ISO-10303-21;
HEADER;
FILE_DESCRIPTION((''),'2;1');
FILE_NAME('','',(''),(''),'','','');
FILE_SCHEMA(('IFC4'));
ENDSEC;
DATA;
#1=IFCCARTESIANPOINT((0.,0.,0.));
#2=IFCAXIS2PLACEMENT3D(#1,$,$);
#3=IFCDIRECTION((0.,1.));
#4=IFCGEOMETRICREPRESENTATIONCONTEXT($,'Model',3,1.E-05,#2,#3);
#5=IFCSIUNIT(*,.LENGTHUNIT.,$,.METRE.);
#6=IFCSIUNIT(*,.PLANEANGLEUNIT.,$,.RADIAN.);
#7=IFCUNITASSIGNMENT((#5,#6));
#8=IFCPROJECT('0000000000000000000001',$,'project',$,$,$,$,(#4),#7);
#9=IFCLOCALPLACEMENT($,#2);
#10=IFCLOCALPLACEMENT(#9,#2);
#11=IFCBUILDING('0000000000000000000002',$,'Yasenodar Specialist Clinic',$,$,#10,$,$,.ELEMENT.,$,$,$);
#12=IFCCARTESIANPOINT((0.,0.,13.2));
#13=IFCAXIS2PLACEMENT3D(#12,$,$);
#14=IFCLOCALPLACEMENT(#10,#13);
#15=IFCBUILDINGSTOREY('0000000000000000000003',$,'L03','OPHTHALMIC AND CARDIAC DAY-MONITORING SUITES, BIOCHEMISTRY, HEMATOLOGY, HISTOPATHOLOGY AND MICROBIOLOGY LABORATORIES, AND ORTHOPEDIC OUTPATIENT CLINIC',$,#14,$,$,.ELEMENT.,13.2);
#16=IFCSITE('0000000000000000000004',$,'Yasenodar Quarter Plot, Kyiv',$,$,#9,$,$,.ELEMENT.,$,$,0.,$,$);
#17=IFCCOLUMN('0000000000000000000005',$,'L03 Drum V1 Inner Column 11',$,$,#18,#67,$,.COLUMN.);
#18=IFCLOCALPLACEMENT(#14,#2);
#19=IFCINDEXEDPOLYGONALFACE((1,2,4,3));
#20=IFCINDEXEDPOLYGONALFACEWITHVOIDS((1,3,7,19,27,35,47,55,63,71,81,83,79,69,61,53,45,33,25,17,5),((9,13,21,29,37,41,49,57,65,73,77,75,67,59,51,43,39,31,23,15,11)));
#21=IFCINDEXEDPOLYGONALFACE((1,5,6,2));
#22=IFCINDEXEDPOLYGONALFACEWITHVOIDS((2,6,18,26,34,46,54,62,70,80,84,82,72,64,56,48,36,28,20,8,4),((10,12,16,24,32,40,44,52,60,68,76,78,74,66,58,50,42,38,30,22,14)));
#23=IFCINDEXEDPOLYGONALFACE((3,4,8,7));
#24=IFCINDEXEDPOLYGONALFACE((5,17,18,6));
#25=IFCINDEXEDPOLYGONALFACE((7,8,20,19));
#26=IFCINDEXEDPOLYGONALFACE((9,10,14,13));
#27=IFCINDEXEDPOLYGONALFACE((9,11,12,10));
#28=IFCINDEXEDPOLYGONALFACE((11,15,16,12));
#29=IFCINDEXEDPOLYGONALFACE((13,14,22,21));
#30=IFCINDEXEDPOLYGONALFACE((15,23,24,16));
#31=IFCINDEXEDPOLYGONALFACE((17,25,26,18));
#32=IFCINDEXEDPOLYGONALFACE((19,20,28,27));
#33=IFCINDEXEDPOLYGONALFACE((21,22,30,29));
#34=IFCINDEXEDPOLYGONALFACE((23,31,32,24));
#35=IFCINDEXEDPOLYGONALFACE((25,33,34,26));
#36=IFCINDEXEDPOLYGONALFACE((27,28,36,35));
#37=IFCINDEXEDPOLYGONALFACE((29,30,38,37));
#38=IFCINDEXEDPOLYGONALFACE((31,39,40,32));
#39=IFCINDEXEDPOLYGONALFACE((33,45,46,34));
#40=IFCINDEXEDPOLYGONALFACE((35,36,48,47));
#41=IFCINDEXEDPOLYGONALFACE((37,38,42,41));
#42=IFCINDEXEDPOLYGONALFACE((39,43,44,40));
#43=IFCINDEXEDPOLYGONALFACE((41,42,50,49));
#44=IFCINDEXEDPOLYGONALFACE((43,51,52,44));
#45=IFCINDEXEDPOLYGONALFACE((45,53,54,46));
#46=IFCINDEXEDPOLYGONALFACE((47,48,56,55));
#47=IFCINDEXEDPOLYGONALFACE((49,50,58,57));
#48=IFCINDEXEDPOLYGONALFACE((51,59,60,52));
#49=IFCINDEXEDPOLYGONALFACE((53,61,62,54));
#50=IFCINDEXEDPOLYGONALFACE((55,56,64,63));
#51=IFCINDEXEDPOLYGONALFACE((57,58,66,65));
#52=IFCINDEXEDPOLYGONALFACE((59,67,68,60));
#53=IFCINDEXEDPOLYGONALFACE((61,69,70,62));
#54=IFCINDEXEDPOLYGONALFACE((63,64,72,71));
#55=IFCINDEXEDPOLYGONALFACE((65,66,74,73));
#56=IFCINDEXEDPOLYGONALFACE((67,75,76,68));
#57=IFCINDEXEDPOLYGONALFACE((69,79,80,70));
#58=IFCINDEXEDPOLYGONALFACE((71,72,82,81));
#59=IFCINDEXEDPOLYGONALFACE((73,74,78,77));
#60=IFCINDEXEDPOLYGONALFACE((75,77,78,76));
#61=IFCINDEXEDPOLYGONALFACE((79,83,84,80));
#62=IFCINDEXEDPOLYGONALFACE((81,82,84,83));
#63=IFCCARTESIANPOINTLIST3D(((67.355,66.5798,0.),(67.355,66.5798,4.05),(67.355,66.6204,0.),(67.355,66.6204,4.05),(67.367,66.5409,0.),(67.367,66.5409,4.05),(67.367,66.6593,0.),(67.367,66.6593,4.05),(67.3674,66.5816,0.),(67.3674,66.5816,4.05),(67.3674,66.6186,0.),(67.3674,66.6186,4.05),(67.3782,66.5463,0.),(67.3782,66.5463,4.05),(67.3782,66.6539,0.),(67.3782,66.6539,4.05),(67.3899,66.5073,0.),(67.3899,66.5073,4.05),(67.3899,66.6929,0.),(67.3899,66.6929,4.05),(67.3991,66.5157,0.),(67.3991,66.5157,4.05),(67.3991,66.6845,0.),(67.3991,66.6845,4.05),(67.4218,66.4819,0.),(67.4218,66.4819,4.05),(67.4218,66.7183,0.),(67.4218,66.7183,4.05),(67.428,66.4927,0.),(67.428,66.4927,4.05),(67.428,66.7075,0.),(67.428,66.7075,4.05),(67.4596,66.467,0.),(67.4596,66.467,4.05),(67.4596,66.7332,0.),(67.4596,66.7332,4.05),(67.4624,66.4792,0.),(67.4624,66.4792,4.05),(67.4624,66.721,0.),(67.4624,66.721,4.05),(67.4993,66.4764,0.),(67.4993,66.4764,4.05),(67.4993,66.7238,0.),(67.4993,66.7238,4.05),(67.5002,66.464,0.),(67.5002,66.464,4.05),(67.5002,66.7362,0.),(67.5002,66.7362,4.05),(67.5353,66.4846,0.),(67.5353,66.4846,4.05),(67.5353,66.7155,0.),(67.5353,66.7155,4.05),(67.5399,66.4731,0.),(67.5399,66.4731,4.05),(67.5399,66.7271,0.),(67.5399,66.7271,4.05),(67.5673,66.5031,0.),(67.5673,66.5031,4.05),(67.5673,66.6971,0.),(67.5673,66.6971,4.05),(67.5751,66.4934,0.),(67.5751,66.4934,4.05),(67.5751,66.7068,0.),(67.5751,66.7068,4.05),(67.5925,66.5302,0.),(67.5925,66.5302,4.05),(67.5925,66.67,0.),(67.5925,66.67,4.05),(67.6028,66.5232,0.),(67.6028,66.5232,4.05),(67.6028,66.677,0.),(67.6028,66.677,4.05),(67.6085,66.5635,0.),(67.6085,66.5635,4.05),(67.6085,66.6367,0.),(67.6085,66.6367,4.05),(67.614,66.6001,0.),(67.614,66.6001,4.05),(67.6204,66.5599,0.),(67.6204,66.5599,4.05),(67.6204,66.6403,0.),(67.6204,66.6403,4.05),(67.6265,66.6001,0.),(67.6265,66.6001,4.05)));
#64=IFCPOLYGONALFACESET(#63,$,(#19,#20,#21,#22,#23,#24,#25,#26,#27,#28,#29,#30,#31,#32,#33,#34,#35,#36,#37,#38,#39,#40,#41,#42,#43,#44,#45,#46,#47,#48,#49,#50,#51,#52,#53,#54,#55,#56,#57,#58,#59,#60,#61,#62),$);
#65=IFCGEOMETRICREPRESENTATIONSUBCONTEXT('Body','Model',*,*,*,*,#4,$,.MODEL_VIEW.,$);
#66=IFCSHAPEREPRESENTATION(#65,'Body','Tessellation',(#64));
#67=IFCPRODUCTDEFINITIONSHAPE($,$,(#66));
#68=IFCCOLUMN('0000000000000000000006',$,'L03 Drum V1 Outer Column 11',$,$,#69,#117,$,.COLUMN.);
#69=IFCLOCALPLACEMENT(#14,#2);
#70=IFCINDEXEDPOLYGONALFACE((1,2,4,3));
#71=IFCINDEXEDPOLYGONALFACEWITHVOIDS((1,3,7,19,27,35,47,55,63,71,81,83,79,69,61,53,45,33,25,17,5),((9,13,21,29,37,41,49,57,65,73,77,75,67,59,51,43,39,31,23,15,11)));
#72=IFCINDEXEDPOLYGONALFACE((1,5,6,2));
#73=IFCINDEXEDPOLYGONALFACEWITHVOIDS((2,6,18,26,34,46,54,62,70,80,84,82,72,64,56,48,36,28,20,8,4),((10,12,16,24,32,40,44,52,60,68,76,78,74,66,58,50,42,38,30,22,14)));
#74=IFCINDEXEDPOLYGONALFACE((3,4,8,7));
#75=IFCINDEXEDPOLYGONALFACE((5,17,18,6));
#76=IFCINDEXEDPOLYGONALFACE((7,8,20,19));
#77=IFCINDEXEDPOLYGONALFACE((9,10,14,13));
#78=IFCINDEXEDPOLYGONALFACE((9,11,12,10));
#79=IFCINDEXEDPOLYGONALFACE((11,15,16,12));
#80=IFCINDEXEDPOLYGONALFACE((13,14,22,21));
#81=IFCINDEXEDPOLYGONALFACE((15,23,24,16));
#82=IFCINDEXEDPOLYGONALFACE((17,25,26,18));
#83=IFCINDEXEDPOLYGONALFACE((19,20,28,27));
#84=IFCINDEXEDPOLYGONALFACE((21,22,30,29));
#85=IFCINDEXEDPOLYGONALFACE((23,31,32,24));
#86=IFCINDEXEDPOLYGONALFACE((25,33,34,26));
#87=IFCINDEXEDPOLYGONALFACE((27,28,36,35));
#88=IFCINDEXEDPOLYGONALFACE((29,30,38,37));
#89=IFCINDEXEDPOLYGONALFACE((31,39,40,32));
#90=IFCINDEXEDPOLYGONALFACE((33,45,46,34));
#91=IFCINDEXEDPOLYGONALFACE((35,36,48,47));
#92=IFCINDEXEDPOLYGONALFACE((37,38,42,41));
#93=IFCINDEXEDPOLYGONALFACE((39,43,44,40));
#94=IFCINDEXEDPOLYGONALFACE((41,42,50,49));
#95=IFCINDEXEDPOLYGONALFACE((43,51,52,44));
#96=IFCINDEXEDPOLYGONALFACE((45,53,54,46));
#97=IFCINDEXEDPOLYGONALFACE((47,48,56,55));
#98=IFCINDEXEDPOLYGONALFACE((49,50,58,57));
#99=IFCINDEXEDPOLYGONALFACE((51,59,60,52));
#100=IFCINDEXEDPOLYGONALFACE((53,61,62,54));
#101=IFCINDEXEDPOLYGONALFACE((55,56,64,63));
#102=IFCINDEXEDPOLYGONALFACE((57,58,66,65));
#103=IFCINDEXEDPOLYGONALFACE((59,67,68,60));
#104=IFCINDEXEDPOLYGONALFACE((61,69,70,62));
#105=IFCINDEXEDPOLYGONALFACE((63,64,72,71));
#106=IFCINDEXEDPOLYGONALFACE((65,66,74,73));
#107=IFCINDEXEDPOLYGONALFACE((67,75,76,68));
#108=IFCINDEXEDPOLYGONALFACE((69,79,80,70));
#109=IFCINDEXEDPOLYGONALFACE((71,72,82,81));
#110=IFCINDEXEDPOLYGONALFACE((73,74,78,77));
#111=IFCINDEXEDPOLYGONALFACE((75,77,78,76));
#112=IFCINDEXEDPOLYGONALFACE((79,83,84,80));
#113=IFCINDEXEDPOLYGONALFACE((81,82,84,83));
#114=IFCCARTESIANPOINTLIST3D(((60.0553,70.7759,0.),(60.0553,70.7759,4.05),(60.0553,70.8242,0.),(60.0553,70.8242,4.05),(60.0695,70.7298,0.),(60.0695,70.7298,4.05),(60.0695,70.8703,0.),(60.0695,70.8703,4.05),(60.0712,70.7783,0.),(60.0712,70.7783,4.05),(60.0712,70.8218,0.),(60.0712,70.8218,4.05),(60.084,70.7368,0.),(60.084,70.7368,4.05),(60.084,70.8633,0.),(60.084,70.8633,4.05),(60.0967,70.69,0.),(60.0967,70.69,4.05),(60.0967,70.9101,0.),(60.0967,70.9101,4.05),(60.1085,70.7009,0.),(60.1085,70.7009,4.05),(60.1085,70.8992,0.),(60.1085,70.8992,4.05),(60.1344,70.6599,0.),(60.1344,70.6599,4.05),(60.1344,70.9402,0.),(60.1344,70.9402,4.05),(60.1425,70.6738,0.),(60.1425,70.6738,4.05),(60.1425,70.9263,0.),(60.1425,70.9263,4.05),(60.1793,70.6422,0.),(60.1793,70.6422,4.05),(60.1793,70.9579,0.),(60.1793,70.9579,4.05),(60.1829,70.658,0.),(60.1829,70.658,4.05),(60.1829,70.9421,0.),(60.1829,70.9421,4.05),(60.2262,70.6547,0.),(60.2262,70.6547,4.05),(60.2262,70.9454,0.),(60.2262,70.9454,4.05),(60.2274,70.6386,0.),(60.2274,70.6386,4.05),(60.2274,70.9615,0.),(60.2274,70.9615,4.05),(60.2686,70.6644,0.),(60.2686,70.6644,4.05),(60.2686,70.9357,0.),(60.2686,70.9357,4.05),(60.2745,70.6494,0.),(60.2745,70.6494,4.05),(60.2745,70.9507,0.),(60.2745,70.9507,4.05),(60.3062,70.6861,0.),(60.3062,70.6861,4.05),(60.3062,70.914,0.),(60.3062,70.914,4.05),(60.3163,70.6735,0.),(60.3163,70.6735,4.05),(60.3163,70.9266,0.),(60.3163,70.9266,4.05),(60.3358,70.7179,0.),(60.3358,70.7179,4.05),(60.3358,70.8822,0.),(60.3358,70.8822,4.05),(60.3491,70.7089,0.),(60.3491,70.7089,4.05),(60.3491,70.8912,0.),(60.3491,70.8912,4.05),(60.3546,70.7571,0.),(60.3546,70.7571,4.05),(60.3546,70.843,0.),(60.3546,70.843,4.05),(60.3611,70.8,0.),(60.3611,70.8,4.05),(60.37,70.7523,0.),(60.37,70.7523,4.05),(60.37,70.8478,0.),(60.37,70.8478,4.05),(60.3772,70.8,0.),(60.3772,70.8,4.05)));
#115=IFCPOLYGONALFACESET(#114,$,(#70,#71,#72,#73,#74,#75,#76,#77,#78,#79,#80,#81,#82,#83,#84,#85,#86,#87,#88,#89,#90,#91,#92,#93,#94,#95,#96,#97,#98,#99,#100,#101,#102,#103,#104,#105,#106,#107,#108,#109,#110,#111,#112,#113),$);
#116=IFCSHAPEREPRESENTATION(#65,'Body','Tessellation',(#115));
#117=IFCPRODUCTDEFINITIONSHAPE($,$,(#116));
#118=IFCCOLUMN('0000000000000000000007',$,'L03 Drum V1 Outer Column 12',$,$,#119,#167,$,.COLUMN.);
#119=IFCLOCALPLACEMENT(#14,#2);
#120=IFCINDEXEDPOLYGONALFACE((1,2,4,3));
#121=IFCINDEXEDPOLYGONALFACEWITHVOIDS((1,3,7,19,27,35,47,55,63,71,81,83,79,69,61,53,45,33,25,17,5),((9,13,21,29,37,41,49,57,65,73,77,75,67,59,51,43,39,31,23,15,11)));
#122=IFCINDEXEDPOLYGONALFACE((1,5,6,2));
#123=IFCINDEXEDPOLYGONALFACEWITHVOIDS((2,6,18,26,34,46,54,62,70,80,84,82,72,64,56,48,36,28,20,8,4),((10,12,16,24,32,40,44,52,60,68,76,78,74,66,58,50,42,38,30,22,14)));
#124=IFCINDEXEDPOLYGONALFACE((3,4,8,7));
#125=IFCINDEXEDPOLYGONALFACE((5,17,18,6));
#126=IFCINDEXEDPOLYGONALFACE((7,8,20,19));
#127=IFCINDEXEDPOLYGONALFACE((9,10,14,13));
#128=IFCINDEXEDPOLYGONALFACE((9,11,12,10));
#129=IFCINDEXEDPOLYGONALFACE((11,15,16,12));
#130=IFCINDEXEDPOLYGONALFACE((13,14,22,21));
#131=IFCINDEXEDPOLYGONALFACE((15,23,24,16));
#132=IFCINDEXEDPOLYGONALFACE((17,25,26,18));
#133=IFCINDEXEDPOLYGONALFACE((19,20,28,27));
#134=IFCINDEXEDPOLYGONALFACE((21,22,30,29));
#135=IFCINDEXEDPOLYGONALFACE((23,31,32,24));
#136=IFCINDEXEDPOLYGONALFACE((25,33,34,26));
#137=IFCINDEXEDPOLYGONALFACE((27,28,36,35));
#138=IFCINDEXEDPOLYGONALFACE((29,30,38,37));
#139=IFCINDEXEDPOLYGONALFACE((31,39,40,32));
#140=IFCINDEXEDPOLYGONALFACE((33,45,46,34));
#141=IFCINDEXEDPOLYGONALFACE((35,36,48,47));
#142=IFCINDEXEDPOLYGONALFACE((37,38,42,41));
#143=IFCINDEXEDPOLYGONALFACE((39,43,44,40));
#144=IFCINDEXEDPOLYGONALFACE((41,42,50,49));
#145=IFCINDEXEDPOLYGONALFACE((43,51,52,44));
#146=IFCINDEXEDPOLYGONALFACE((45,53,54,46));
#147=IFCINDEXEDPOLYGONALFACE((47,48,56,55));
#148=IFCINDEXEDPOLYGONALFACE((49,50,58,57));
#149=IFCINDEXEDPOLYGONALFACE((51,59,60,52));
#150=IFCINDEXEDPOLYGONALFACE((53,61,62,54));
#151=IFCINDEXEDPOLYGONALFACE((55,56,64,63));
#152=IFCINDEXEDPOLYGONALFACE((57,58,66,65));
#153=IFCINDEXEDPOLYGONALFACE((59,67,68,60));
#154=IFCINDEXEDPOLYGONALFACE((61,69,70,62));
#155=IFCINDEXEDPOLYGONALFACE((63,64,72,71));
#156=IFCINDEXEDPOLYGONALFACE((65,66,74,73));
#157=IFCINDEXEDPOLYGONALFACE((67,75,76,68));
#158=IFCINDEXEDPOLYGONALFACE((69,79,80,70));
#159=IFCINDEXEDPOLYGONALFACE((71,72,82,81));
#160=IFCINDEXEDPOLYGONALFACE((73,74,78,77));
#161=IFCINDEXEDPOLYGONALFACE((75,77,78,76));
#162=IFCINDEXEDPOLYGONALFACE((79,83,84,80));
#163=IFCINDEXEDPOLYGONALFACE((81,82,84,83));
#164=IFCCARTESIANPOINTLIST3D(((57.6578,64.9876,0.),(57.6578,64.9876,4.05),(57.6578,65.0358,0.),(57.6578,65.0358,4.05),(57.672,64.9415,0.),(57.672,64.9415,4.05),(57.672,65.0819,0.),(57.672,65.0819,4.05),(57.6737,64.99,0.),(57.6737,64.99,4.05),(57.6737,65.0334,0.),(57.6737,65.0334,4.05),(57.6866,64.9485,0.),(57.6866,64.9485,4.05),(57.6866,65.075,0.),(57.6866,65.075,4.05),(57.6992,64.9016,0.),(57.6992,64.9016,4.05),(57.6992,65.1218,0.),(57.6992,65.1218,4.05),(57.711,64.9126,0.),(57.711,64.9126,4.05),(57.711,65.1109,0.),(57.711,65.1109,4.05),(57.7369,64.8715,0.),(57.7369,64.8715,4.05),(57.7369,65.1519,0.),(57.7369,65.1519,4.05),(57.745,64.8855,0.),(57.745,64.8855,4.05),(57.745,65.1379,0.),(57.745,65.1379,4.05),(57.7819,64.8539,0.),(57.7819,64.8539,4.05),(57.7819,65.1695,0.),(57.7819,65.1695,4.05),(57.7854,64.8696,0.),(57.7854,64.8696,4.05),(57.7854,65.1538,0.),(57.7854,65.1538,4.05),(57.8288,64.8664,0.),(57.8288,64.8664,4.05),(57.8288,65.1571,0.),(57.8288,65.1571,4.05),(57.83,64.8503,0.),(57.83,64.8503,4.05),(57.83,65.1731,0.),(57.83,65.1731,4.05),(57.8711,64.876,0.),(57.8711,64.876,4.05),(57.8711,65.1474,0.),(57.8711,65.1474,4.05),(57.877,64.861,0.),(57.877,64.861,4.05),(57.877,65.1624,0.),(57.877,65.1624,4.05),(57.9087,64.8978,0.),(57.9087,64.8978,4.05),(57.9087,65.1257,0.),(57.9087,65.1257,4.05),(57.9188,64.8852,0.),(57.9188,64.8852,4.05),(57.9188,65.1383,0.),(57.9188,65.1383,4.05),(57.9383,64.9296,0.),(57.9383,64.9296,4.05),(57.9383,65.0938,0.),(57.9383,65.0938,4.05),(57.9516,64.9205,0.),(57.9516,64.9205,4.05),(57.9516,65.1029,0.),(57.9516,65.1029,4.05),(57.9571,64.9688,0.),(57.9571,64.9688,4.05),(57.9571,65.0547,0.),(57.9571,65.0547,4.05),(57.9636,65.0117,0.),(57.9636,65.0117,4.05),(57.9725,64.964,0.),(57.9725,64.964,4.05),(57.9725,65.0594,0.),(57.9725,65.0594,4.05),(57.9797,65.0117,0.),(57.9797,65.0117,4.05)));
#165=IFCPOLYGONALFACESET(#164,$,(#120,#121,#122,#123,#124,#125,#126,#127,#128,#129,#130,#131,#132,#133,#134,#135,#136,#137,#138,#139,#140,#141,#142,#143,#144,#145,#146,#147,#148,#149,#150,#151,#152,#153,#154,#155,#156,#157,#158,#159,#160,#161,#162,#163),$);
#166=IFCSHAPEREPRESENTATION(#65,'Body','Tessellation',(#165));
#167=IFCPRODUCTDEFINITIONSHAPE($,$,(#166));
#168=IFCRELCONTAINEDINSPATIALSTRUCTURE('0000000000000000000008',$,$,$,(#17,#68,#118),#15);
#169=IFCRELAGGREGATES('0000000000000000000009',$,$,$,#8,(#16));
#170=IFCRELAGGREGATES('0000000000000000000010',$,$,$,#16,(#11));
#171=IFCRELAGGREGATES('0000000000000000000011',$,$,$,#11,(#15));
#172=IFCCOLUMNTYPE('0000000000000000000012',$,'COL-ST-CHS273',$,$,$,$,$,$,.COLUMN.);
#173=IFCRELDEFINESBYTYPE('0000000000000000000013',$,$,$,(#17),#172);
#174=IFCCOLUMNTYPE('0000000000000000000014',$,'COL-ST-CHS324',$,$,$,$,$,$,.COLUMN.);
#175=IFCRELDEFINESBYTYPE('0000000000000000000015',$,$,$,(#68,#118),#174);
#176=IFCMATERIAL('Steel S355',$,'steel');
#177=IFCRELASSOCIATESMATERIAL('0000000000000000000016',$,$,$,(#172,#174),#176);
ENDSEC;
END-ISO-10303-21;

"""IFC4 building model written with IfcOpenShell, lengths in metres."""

from ifc_helpers import new_model, si_unit, direction, frame, origin, origin_2d, place, context, subcontext, project, spatial, hollow_circle, extrude, material, material_profile, profile_set, type_object, element, save


model = new_model("IFC4")

# Units and contexts
model_context = context("Model", 3, precision=1e-05, world=origin(), true_north=direction((0.0, 1.0)))
body_context = subcontext(model_context, "Body", "Model", "MODEL_VIEW")
ifc_project = project(units=[si_unit("LENGTHUNIT", "METRE"), si_unit("PLANEANGLEUNIT", "RADIAN")], contexts=[model_context])

# Site, building, storey
site_placement = place(None, origin())
site = spatial("IfcSite", under=ifc_project, at=site_placement, Name="Yasenodar Quarter Plot, Kyiv", CompositionType="ELEMENT", RefElevation=0.0)
building_placement = place(site_placement, origin())
building = spatial("IfcBuilding", under=site, at=building_placement, Name="Yasenodar Specialist Clinic", CompositionType="ELEMENT")
storey_placement = place(building_placement, frame((0.0, 0.0, 13.2)))
storey = spatial("IfcBuildingStorey", under=building, at=storey_placement, Name="L03", Description="OPHTHALMIC AND CARDIAC DAY-MONITORING SUITES, BIOCHEMISTRY, HEMATOLOGY, HISTOPATHOLOGY AND MICROBIOLOGY LABORATORIES, AND ORTHOPEDIC OUTPATIENT CLINIC", CompositionType="ELEMENT", Elevation=13.2)

# Columns
ifc_material_1 = material(Name="Steel S355", Category="steel")
ifc_material_profile_1 = material_profile(ifc_material_1, hollow_circle(Radius=0.1365, WallThickness=0.0125, at=origin_2d()), Name="CHS 273x12.5")
ifc_profile_set_1 = profile_set([ifc_material_profile_1], Name="Steel S355")
column_type_1 = type_object("IfcColumnType", Name="COL-ST-CHS273", PredefinedType="COLUMN", material=ifc_profile_set_1)
column_placement = place(storey_placement, frame((67.49, 66.6001, 0.0), z_axis=(0.0, 0.0, 1.0), x_axis=(1.0, 0.0, 0.0)))
element("IfcColumn", 1, at=column_placement, inside=storey, type_object=column_type_1, Name="L03 Drum V1 Inner Column 11", PredefinedType="COLUMN", context=body_context, shape_type="SweptSolid", body=[
    extrude(hollow_circle(Radius=0.1365, WallThickness=0.0125, at=origin_2d()), origin(), (0.0, 0.0, 1.0), 4.05),
])
ifc_material_profile_2 = material_profile(ifc_material_1, hollow_circle(Radius=0.1619, WallThickness=0.0161, at=origin_2d()), Name="CHS 323.9x16")
ifc_profile_set_2 = profile_set([ifc_material_profile_2], Name="Steel S355")
column_type_2 = type_object("IfcColumnType", Name="COL-ST-CHS324", PredefinedType="COLUMN", material=ifc_profile_set_2)
for number, where, z_axis, x_axis, name in (
    (2, (60.2153, 70.8, 0.0), (0.0, 0.0, 1.0), (1.0, 0.0, 0.0), "L03 Drum V1 Outer Column 11"),
    (3, (57.8179, 65.0117, 0.0), (0.0, 0.0, 1.0), (1.0, 0.0, 0.0), "L03 Drum V1 Outer Column 12"),
):
    element("IfcColumn", number, at=place(storey_placement, frame(where, z_axis=z_axis, x_axis=x_axis)), inside=storey, type_object=column_type_2, Name=name, PredefinedType="COLUMN", context=body_context, shape_type="SweptSolid", body=[
        extrude(hollow_circle(Radius=0.1619, WallThickness=0.0161, at=origin_2d()), origin(), (0.0, 0.0, 1.0), 4.05),
    ])

save(model, "model.ifc")
